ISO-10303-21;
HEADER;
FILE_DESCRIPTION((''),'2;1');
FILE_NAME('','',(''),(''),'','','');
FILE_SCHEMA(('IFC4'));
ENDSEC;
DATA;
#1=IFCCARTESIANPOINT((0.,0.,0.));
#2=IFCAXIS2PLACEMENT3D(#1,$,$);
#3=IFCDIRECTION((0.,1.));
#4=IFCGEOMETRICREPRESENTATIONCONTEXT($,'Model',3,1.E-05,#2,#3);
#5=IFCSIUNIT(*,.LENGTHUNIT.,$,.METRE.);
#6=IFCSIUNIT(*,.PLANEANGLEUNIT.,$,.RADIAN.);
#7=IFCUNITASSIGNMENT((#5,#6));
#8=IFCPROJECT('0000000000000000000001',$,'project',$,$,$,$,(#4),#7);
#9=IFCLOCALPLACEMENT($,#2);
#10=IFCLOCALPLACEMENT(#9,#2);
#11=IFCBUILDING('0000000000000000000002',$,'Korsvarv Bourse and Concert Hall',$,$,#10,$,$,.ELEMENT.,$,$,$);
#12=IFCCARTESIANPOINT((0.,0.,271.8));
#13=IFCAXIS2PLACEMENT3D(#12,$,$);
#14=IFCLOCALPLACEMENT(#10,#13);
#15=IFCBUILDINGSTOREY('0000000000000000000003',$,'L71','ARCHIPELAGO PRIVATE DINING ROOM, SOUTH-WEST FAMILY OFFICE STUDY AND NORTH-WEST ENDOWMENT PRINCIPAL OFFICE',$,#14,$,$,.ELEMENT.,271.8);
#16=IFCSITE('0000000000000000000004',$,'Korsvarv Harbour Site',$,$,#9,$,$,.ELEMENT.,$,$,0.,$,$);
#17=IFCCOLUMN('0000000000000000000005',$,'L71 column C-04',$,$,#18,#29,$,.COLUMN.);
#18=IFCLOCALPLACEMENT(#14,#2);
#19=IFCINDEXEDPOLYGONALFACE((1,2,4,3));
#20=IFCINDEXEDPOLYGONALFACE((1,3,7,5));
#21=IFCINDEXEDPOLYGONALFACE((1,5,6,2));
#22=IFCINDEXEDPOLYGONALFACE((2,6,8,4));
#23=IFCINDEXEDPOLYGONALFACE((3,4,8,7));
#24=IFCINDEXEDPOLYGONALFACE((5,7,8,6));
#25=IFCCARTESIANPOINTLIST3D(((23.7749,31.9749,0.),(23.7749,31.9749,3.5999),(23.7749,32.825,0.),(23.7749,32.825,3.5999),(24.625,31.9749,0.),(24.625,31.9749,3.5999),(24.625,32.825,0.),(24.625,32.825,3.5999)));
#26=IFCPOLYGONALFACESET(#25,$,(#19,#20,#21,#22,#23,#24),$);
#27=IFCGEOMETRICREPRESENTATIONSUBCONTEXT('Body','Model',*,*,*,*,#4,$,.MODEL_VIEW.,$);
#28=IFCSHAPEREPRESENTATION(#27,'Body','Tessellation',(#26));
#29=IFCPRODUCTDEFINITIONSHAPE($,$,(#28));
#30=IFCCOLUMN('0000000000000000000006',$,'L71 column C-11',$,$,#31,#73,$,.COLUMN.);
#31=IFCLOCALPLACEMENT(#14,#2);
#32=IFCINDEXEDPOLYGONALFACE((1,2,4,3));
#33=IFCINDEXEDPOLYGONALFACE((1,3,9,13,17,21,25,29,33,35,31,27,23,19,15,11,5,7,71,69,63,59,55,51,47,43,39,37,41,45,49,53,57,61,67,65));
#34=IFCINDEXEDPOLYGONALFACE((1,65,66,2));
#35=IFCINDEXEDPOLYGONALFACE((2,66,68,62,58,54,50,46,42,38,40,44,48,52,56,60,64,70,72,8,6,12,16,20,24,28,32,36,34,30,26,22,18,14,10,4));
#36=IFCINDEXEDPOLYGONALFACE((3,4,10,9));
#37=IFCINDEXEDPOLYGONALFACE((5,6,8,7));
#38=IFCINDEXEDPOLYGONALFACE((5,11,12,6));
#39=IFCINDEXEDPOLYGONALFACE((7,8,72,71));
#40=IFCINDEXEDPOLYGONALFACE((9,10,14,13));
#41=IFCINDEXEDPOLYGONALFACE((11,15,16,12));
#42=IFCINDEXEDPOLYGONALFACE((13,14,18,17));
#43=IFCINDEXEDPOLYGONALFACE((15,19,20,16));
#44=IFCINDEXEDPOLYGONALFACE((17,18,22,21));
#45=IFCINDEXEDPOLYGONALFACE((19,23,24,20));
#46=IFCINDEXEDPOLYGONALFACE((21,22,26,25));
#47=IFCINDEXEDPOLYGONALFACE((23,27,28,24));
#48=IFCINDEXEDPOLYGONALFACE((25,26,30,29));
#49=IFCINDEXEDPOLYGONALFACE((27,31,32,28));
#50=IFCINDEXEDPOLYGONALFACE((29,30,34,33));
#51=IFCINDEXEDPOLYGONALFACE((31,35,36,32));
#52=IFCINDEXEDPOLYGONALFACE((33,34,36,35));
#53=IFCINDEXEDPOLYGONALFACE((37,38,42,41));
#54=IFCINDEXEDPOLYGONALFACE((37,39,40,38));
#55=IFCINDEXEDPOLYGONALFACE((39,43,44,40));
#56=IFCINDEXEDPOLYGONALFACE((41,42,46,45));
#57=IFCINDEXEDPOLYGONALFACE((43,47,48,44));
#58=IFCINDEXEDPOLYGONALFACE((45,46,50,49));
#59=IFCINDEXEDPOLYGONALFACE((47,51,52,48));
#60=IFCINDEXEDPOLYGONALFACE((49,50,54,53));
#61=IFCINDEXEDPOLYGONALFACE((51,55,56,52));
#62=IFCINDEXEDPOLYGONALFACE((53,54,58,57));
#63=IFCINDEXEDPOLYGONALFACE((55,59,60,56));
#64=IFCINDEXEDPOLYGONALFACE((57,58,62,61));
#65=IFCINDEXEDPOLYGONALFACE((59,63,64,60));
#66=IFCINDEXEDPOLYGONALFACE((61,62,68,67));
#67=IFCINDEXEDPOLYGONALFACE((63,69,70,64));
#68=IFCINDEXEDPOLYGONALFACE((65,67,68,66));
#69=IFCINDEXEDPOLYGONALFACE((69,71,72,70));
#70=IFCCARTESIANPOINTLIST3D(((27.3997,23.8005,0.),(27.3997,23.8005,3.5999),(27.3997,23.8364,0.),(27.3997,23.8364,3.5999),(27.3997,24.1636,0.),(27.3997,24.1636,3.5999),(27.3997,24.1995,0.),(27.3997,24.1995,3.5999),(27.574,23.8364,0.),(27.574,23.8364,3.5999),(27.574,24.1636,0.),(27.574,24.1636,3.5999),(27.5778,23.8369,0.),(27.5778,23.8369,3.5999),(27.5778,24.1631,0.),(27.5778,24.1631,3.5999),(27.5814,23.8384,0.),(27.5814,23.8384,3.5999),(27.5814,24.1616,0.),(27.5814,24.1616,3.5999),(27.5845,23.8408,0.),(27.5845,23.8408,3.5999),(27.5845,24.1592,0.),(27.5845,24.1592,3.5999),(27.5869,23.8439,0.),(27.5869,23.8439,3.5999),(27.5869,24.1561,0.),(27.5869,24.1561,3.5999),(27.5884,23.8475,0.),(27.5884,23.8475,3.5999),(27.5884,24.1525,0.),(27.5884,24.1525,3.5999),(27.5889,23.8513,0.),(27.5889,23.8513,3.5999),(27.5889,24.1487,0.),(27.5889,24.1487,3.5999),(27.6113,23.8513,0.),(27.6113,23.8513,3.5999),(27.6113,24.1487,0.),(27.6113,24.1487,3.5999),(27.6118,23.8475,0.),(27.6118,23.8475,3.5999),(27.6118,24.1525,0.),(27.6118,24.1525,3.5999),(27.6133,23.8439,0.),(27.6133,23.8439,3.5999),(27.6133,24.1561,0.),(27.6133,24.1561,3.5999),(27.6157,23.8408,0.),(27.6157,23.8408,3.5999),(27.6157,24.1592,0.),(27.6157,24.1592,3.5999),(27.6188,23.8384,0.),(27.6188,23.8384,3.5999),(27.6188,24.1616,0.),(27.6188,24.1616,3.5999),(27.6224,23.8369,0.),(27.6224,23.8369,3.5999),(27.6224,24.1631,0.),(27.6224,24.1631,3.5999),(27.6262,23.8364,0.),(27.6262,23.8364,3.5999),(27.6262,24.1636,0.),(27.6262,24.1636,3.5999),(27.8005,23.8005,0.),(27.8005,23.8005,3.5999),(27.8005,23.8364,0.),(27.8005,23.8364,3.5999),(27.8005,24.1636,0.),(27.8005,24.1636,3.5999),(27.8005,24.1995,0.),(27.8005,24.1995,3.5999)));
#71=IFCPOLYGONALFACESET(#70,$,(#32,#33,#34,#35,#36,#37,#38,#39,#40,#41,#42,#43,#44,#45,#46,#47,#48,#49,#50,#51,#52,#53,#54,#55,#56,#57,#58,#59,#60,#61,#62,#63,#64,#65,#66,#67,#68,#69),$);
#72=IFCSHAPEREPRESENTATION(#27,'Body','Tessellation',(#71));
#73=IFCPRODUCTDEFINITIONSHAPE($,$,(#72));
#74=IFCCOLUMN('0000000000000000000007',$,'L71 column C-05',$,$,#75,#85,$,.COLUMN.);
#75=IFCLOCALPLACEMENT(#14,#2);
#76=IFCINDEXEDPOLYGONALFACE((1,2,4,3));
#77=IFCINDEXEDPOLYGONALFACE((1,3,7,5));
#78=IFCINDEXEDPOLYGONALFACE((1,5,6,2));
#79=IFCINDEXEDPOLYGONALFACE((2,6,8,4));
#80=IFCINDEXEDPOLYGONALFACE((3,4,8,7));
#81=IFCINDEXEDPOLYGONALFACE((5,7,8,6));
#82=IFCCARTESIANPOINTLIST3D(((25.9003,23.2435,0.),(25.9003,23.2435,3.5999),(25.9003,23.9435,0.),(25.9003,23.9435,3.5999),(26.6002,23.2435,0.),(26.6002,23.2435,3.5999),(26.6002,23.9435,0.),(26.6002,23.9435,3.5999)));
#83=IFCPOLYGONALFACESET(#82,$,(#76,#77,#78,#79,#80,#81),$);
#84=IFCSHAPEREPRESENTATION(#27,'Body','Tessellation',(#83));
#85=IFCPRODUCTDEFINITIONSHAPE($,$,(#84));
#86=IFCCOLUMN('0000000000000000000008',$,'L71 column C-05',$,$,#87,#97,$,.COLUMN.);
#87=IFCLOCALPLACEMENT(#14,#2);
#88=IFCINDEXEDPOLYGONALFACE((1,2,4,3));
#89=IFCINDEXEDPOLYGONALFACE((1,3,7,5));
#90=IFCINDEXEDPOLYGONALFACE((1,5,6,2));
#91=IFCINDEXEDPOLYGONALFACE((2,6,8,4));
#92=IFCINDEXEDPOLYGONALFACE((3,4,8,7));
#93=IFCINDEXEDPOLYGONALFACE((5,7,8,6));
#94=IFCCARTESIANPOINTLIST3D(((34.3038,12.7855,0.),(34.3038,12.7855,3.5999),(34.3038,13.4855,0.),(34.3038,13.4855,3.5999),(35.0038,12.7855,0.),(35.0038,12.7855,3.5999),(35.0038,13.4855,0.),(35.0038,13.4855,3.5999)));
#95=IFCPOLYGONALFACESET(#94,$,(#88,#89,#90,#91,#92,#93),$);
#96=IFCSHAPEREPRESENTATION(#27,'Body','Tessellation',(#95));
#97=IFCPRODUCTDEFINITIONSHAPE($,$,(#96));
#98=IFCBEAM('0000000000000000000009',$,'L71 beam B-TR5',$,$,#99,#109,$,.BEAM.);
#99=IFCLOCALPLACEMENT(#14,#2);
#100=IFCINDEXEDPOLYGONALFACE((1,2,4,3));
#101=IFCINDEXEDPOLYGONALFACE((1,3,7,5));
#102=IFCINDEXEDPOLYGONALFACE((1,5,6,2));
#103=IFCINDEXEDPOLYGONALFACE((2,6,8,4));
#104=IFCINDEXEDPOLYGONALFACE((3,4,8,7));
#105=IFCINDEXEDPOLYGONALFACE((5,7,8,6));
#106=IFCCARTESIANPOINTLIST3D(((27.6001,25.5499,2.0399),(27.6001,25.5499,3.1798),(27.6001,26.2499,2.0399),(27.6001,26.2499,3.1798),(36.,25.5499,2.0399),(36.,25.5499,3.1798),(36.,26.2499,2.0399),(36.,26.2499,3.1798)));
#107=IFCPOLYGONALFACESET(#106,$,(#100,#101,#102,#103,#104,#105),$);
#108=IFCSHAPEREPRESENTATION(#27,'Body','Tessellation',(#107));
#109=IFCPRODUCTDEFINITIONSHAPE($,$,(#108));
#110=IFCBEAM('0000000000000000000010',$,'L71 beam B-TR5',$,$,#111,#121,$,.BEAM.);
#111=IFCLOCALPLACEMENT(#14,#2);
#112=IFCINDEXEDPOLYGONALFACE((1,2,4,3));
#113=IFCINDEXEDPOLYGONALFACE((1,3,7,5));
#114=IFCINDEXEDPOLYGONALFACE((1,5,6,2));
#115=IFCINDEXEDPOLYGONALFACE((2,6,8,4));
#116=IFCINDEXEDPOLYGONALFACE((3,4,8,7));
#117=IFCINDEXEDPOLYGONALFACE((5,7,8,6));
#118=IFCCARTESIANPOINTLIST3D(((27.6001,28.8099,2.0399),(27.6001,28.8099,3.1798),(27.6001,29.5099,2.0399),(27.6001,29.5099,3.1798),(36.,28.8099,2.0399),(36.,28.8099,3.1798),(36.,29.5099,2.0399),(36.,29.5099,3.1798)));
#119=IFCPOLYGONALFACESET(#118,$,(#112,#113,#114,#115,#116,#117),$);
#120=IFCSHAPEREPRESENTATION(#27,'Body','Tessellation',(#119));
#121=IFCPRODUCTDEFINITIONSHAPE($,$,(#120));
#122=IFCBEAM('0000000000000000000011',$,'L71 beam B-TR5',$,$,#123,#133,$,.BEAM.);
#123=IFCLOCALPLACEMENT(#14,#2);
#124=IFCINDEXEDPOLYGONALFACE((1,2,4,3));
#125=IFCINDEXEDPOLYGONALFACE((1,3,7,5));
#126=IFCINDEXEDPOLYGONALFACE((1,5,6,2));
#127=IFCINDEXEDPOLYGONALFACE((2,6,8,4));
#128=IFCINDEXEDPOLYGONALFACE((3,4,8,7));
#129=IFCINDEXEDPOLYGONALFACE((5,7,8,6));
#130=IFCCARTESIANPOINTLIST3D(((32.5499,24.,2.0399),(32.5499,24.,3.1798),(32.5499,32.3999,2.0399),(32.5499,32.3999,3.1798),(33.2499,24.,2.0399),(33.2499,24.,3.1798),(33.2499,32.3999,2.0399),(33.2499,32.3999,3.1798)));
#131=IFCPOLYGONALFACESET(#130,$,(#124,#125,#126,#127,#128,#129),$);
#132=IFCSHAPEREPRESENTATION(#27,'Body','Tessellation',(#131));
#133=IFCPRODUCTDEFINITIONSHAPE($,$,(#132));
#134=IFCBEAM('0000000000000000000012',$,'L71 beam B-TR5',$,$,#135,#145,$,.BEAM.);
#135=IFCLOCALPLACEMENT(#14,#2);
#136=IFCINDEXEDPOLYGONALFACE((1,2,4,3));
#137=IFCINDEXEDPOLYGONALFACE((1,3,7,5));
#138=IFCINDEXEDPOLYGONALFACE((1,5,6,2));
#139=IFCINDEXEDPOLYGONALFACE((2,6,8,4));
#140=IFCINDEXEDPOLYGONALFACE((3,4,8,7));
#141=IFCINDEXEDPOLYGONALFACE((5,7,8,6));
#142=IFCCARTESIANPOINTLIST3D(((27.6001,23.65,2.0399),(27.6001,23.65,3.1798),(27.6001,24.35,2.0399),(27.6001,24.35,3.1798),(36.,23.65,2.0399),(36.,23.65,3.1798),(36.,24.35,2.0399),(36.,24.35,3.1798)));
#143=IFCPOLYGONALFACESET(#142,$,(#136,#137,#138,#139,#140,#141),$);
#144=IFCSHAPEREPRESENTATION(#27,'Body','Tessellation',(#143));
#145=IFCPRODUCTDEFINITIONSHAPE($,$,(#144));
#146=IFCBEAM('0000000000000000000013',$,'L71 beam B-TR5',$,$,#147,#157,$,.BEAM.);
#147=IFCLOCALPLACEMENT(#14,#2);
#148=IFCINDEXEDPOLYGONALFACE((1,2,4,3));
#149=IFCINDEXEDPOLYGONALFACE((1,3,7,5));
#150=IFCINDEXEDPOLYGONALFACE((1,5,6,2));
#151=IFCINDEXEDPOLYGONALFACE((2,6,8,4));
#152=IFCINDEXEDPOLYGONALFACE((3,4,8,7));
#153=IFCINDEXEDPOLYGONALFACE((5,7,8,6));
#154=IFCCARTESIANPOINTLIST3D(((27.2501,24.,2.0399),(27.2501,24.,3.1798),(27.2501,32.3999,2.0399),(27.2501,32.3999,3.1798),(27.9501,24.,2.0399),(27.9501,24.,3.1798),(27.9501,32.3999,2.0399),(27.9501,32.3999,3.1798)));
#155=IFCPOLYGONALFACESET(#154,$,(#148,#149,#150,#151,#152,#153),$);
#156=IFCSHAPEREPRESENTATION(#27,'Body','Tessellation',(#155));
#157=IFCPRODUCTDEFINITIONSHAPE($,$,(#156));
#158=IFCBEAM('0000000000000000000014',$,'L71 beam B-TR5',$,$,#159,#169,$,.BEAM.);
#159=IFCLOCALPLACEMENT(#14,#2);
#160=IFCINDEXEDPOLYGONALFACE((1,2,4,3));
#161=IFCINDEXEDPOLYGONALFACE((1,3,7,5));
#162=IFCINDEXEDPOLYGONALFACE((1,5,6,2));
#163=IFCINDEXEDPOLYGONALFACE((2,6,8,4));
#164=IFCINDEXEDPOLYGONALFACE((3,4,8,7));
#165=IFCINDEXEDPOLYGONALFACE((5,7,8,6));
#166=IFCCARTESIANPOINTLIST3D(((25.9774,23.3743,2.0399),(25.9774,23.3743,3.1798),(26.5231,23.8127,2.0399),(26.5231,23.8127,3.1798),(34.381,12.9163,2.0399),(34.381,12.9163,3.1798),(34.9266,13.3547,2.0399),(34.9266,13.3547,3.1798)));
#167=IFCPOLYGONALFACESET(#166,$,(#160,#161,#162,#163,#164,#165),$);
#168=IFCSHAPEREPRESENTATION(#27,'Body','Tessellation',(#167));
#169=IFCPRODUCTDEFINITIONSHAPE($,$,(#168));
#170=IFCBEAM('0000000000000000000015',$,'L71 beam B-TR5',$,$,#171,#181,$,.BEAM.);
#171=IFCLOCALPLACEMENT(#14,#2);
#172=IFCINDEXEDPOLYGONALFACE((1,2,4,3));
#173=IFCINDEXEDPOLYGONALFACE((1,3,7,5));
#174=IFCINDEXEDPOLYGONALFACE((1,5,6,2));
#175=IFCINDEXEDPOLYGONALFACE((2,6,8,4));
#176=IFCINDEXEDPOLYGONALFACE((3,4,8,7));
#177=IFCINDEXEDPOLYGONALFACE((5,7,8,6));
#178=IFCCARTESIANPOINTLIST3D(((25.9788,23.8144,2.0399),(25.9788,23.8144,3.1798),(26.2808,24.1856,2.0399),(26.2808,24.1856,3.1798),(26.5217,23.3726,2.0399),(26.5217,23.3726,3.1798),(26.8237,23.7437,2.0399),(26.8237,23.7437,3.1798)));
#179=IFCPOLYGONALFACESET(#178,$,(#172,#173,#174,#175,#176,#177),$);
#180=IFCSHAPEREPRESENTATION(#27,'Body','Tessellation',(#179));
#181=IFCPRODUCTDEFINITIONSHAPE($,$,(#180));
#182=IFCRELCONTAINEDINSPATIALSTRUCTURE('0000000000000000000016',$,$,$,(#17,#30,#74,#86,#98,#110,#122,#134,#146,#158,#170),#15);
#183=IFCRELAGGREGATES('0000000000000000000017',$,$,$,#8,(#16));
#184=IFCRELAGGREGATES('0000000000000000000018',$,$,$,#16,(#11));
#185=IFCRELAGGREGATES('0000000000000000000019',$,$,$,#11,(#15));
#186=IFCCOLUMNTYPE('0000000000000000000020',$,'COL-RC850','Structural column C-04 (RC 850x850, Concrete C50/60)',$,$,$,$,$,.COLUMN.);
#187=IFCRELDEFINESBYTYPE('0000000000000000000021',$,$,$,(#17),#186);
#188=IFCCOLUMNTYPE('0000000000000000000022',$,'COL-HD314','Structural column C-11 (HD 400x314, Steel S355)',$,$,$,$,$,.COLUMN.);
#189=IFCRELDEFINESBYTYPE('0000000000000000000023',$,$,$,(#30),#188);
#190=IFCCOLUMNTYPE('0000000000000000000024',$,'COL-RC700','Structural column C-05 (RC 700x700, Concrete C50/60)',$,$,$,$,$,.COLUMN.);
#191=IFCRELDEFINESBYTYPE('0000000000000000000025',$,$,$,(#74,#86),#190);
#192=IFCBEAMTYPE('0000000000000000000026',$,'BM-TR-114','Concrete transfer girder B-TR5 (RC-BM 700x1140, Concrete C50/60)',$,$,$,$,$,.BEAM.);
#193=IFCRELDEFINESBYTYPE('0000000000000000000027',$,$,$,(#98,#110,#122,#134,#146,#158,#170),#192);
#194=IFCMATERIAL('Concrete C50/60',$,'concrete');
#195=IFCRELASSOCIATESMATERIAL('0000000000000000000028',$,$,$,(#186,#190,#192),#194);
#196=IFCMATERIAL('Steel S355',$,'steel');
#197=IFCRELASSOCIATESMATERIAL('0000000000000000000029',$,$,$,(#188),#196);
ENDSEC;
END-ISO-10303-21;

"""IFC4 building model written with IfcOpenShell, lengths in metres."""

from ifc_helpers import new_model, si_unit, direction, frame, origin, origin_2d, place, context, subcontext, project, spatial, rectangle, i_section, extrude, source, transform, mapped, material, material_profile, profile_set, type_object, element, save


model = new_model("IFC4")

# Units and contexts
model_context = context("Model", 3, precision=1e-05, world=origin(), true_north=direction((0.0, 1.0)))
body_context = subcontext(model_context, "Body", "Model", "MODEL_VIEW")
ifc_project = project(units=[si_unit("LENGTHUNIT", "METRE"), si_unit("PLANEANGLEUNIT", "RADIAN")], contexts=[model_context])

# Site, building, storey
site_placement = place(None, origin())
site = spatial("IfcSite", under=ifc_project, at=site_placement, Name="Korsvarv Harbour Site", CompositionType="ELEMENT", RefElevation=0.0)
building_placement = place(site_placement, origin())
building = spatial("IfcBuilding", under=site, at=building_placement, Name="Korsvarv Bourse and Concert Hall", CompositionType="ELEMENT")
storey_placement = place(building_placement, frame((0.0, 0.0, 271.8)))
storey = spatial("IfcBuildingStorey", under=building, at=storey_placement, Name="L71", Description="ARCHIPELAGO PRIVATE DINING ROOM, SOUTH-WEST FAMILY OFFICE STUDY AND NORTH-WEST ENDOWMENT PRINCIPAL OFFICE", CompositionType="ELEMENT", Elevation=271.8)

# Columns
ifc_material_1 = material(Name="Concrete C50/60", Category="concrete")
ifc_material_profile_1 = material_profile(ifc_material_1, rectangle(XDim=0.8501, YDim=0.8501, at=origin_2d()), Name="RC 850x850")
ifc_profile_set_1 = profile_set([ifc_material_profile_1], Name="Concrete C50/60")
column_type_1 = type_object("IfcColumnType", Name="COL-RC850", Description="Structural column C-04 (RC 850x850, Concrete C50/60)", PredefinedType="COLUMN", material=ifc_profile_set_1)
shared_shape_1 = source(origin(), body_context, "Body", "SweptSolid", [
    extrude(rectangle(XDim=0.8501, YDim=0.8501, at=origin_2d()), origin(), (0.0, 0.0, 1.0), 3.5999),
])
column_1_placement = place(storey_placement, frame((24.2, 32.3999, 0.0), z_axis=(0.0, 0.0, 1.0), x_axis=(1.0, 0.0, 0.0)))
element("IfcColumn", 1, at=column_1_placement, inside=storey, type_object=column_type_1, Name="L71 column C-04", PredefinedType="COLUMN", context=body_context, shape_type="MappedRepresentation", body=[
    mapped(shared_shape_1, transform((0.0, 0.0, 0.0), scale=1.0)),
])
ifc_material_2 = material(Name="Steel S355", Category="steel")
ifc_material_profile_2 = material_profile(ifc_material_2, i_section(OverallWidth=0.4009, OverallDepth=0.3989, WebThickness=0.0225, FlangeThickness=0.0359, FilletRadius=0.0149, at=origin_2d()), Name="HD 400x314")
ifc_profile_set_2 = profile_set([ifc_material_profile_2], Name="Steel S355")
column_type_2 = type_object("IfcColumnType", Name="COL-HD314", Description="Structural column C-11 (HD 400x314, Steel S355)", PredefinedType="COLUMN", material=ifc_profile_set_2)
shared_shape_2 = source(origin(), body_context, "Body", "SweptSolid", [
    extrude(i_section(OverallWidth=0.4009, OverallDepth=0.3989, WebThickness=0.0225, FlangeThickness=0.0359, FilletRadius=0.0149, at=origin_2d()), origin(), (0.0, 0.0, 1.0), 3.5999),
])
column_2_placement = place(storey_placement, frame((27.6001, 24.0, 0.0), z_axis=(0.0, 0.0, 1.0), x_axis=(1.0, 0.0, 0.0)))
element("IfcColumn", 2, at=column_2_placement, inside=storey, type_object=column_type_2, Name="L71 column C-11", PredefinedType="COLUMN", context=body_context, shape_type="MappedRepresentation", body=[
    mapped(shared_shape_2, transform((0.0, 0.0, 0.0), scale=1.0)),
])
ifc_material_profile_3 = material_profile(ifc_material_1, rectangle(XDim=0.7, YDim=0.7, at=origin_2d()), Name="RC 700x700")
ifc_profile_set_3 = profile_set([ifc_material_profile_3], Name="Concrete C50/60")
column_type_3 = type_object("IfcColumnType", Name="COL-RC700", Description="Structural column C-05 (RC 700x700, Concrete C50/60)", PredefinedType="COLUMN", material=ifc_profile_set_3)
shared_shape_3 = source(origin(), body_context, "Body", "SweptSolid", [
    extrude(rectangle(XDim=0.7, YDim=0.7, at=origin_2d()), origin(), (0.0, 0.0, 1.0), 3.5999),
])
for number, where, z_axis, x_axis, name in (
    (3, (26.2502, 23.5935, 0.0), (0.0, 0.0, 1.0), (1.0, 0.0, 0.0), "L71 column C-05"),
    (4, (34.6538, 13.1355, 0.0), (0.0, 0.0, 1.0), (1.0, 0.0, 0.0), "L71 column C-05"),
):
    element("IfcColumn", number, at=place(storey_placement, frame(where, z_axis=z_axis, x_axis=x_axis)), inside=storey, type_object=column_type_3, Name=name, PredefinedType="COLUMN", context=body_context, shape_type="MappedRepresentation", body=[
        mapped(shared_shape_3, transform((0.0, 0.0, 0.0), scale=1.0)),
    ])

# Beams
ifc_material_profile_4 = material_profile(ifc_material_1, rectangle(XDim=0.7, YDim=1.1399, at=origin_2d()), Name="RC-BM 700x1140")
ifc_profile_set_4 = profile_set([ifc_material_profile_4], Name="Concrete C50/60")
beam_type = type_object("IfcBeamType", Name="BM-TR-114", Description="Concrete transfer girder B-TR5 (RC-BM 700x1140, Concrete C50/60)", PredefinedType="BEAM", material=ifc_profile_set_4)
shared_shape_4 = source(origin(), body_context, "Body", "SweptSolid", [
    extrude(rectangle(XDim=0.7, YDim=1.1399, at=origin_2d()), origin(), (0.0, 0.0, 1.0), 8.3999),
])
for number, where, z_axis, x_axis, name in (
    (5, (27.6001, 25.8999, 2.6099), (1.0, 0.0, 0.0), (0.0, 1.0, 0.0), "L71 beam B-TR5"),
    (6, (27.6001, 29.1599, 2.6099), (1.0, 0.0, 0.0), (0.0, 1.0, 0.0), "L71 beam B-TR5"),
    (7, (32.8999, 24.0, 2.6099), (0.0, 1.0, 0.0), (-1.0, 0.0, 0.0), "L71 beam B-TR5"),
    (8, (27.6001, 24.0, 2.6099), (1.0, 0.0, 0.0), (0.0, 1.0, 0.0), "L71 beam B-TR5"),
    (9, (27.6001, 24.0, 2.6099), (0.0, 1.0, 0.0), (-1.0, 0.0, 0.0), "L71 beam B-TR5"),
):
    element("IfcBeam", number, at=place(storey_placement, frame(where, z_axis=z_axis, x_axis=x_axis)), inside=storey, type_object=beam_type, Name=name, PredefinedType="BEAM", context=body_context, shape_type="MappedRepresentation", body=[
        mapped(shared_shape_4, transform((0.0, 0.0, 0.0), scale=1.0)),
    ])
shared_shape_5 = source(origin(), body_context, "Body", "SweptSolid", [
    extrude(rectangle(XDim=0.7, YDim=1.1399, at=origin_2d()), origin(), (0.0, 0.0, 1.0), 13.416),
])
beam_1_placement = place(storey_placement, frame((26.2502, 23.5935, 2.6099), z_axis=(0.626382, -0.779516, 0.0), x_axis=(0.779516, 0.626382, 0.0)))
element("IfcBeam", 10, at=beam_1_placement, inside=storey, type_object=beam_type, Name="L71 beam B-TR5", PredefinedType="BEAM", context=body_context, shape_type="MappedRepresentation", body=[
    mapped(shared_shape_5, transform((0.0, 0.0, 0.0), scale=1.0)),
])
shared_shape_6 = source(origin(), body_context, "Body", "SweptSolid", [
    extrude(rectangle(XDim=0.7, YDim=1.1399, at=origin_2d()), origin(), (0.0, 0.0, 1.0), 0.4785),
])
beam_2_placement = place(storey_placement, frame((26.2502, 23.5935, 2.6099), z_axis=(0.631207, 0.775614, 0.0), x_axis=(-0.775614, 0.631207, 0.0)))
element("IfcBeam", 11, at=beam_2_placement, inside=storey, type_object=beam_type, Name="L71 beam B-TR5", PredefinedType="BEAM", context=body_context, shape_type="MappedRepresentation", body=[
    mapped(shared_shape_6, transform((0.0, 0.0, 0.0), scale=1.0)),
])

save(model, "model.ifc")
